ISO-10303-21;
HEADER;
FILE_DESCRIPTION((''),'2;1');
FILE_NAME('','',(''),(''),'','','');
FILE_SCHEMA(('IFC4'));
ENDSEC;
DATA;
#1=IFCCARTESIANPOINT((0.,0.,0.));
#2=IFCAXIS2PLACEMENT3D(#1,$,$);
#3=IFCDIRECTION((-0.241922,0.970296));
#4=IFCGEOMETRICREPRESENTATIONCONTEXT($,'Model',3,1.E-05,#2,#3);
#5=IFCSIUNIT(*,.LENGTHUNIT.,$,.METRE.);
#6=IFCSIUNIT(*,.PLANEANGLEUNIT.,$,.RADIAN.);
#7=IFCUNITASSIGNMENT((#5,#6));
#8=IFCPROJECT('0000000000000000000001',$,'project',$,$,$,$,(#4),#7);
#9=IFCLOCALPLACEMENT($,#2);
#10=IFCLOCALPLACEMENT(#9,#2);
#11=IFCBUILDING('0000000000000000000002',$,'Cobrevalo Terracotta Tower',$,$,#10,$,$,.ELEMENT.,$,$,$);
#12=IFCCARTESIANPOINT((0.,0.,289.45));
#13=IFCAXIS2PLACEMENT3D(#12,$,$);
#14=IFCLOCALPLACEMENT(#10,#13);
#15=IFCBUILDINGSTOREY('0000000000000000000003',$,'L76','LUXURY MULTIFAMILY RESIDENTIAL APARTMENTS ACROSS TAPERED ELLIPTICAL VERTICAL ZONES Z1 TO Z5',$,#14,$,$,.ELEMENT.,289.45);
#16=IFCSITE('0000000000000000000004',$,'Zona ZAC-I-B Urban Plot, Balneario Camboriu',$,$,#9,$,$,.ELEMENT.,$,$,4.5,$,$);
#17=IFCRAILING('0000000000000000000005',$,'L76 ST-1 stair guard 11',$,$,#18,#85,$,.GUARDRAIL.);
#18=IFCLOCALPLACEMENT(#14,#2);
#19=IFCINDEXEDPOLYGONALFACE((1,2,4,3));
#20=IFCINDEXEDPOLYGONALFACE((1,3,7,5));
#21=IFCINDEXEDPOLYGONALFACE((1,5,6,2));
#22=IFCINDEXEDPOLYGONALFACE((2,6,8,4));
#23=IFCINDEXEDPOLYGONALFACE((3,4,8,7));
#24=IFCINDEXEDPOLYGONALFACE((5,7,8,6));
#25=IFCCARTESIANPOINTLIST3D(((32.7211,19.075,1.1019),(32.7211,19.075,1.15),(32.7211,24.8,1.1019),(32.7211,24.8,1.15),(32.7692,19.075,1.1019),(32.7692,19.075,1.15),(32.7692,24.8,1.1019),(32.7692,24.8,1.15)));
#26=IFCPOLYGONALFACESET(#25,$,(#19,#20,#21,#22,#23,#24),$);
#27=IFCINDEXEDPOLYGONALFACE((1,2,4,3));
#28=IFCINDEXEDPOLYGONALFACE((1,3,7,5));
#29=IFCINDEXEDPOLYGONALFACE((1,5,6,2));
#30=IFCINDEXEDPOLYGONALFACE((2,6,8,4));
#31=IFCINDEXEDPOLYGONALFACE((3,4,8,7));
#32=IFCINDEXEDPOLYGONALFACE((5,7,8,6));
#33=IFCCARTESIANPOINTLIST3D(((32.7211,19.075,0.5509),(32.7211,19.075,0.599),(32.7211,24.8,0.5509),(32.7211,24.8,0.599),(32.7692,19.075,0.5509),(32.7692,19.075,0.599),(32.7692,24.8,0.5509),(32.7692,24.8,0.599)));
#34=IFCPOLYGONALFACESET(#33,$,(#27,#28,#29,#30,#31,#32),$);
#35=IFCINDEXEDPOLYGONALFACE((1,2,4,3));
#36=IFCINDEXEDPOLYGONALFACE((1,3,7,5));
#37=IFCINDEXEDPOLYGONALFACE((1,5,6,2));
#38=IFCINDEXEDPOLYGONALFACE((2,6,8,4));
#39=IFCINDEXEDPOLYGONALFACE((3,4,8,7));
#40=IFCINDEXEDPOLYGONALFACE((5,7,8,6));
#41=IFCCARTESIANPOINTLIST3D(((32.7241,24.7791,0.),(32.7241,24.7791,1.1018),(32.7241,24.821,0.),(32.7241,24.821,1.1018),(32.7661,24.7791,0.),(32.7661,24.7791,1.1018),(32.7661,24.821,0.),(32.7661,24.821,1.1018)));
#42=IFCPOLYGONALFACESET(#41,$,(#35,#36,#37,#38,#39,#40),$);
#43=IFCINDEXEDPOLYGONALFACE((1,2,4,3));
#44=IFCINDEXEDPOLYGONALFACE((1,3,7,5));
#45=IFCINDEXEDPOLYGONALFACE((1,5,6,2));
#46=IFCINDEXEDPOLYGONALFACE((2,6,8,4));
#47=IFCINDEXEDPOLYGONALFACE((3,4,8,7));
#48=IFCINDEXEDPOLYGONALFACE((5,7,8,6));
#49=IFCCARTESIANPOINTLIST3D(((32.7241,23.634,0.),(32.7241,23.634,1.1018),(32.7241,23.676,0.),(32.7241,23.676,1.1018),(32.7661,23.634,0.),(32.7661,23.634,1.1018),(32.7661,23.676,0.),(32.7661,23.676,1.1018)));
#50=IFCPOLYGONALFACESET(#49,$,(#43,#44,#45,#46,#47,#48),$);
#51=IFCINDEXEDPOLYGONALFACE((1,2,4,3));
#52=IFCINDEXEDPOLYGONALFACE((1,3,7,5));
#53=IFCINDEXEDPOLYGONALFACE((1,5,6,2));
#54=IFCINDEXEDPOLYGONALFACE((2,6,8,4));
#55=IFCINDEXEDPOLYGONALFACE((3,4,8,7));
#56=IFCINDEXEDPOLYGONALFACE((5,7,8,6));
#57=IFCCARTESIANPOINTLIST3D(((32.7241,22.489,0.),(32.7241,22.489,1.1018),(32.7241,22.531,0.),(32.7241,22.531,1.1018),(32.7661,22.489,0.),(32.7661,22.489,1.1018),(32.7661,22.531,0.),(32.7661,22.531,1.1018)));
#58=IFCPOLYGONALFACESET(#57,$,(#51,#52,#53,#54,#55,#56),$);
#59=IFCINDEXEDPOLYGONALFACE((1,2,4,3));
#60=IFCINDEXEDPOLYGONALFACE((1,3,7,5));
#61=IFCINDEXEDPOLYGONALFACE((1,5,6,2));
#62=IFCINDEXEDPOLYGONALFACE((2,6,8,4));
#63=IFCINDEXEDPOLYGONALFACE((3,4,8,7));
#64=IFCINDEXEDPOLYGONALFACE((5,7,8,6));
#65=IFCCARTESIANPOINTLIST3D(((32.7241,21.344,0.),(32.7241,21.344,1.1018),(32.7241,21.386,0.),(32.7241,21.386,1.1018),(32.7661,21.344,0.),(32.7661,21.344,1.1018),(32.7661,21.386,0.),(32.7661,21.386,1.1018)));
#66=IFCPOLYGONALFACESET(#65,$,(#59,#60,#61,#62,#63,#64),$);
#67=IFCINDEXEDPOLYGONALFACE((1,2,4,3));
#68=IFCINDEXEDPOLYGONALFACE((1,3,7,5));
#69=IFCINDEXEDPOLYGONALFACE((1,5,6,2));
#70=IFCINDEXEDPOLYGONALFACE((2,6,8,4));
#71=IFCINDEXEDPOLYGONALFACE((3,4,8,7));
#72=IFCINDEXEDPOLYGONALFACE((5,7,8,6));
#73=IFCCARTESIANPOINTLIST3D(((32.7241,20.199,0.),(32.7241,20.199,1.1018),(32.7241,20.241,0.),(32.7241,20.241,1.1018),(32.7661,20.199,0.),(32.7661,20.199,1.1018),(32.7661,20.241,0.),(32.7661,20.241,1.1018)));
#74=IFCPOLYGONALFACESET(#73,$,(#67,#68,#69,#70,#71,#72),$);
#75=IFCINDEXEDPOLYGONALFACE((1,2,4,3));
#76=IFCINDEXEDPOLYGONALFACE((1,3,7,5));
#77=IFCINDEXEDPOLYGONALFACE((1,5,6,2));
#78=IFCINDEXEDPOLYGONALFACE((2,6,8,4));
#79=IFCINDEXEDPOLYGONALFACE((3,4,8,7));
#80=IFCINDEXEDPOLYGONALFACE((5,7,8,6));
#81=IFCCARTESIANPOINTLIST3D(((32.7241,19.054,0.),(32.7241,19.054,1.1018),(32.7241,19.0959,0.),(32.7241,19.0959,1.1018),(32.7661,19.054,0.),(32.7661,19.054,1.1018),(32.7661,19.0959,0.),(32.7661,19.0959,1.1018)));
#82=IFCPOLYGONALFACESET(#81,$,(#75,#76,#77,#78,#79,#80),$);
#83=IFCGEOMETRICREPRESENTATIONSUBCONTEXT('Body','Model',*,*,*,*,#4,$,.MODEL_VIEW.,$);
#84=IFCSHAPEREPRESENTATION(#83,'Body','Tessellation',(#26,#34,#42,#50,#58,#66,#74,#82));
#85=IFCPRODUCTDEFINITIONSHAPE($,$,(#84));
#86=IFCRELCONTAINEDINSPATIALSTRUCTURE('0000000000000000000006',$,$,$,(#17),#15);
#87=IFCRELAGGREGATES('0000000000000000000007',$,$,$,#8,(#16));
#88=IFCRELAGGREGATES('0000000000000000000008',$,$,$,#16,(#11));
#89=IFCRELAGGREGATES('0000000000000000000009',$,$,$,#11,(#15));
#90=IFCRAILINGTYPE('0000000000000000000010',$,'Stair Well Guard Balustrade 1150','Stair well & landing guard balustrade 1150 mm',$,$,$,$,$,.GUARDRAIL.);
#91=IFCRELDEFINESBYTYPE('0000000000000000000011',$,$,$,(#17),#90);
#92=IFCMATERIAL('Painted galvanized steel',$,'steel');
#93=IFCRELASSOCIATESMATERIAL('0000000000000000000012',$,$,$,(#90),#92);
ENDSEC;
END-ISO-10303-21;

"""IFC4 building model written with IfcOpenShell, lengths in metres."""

from ifc_helpers import new_model, si_unit, direction, frame, origin, origin_2d, place, context, subcontext, project, spatial, rectangle, extrude, material, type_object, element, save


model = new_model("IFC4")

# Units and contexts
model_context = context("Model", 3, precision=1e-05, world=origin(), true_north=direction((-0.241922, 0.970296)))
body_context = subcontext(model_context, "Body", "Model", "MODEL_VIEW")
ifc_project = project(units=[si_unit("LENGTHUNIT", "METRE"), si_unit("PLANEANGLEUNIT", "RADIAN")], contexts=[model_context])

# Site, building, storey
site_placement = place(None, origin())
site = spatial("IfcSite", under=ifc_project, at=site_placement, Name="Zona ZAC-I-B Urban Plot, Balneario Camboriu", CompositionType="ELEMENT", RefElevation=4.5)
building_placement = place(site_placement, origin())
building = spatial("IfcBuilding", under=site, at=building_placement, Name="Cobrevalo Terracotta Tower", CompositionType="ELEMENT")
storey_placement = place(building_placement, frame((0.0, 0.0, 289.45)))
storey = spatial("IfcBuildingStorey", under=building, at=storey_placement, Name="L76", Description="LUXURY MULTIFAMILY RESIDENTIAL APARTMENTS ACROSS TAPERED ELLIPTICAL VERTICAL ZONES Z1 TO Z5", CompositionType="ELEMENT", Elevation=289.45)

# Railing
ifc_material_1 = material(Name="Painted galvanized steel", Category="steel")
railing_type_1 = type_object("IfcRailingType", Name="Stair Well Guard Balustrade 1150", Description="Stair well & landing guard balustrade 1150 mm", PredefinedType="GUARDRAIL", material=ifc_material_1)
for number, where, name in (
    (1, (32.7451, 24.8, 0.0), "L76 ST-1 stair guard 11"),
):
    element("IfcRailing", number, at=place(storey_placement, frame(where)), inside=storey, type_object=railing_type_1, Name=name, PredefinedType="GUARDRAIL", context=body_context, shape_type="SweptSolid", body=[
        extrude(rectangle(XDim=0.0481, YDim=0.0481, at=origin_2d()), frame((0.0, 0.0, 1.126), z_axis=(0.0, -1.0, 0.0), x_axis=(1.0, 0.0, 0.0)), (0.0, 0.0, 1.0), 5.7251),
        extrude(rectangle(XDim=0.0481, YDim=0.0481, at=origin_2d()), frame((0.0, 0.0, 0.575), z_axis=(0.0, -1.0, 0.0), x_axis=(1.0, 0.0, 0.0)), (0.0, 0.0, 1.0), 5.7251),
        extrude(rectangle(XDim=0.042, YDim=0.042, at=origin_2d()), origin(), (0.0, 0.0, 1.0), 1.1018),
        extrude(rectangle(XDim=0.042, YDim=0.042, at=origin_2d()), frame((0.0, -1.145, 0.0)), (0.0, 0.0, 1.0), 1.1018),
        extrude(rectangle(XDim=0.042, YDim=0.042, at=origin_2d()), frame((0.0, -2.29, 0.0)), (0.0, 0.0, 1.0), 1.1018),
        extrude(rectangle(XDim=0.042, YDim=0.042, at=origin_2d()), frame((0.0, -3.4351, 0.0)), (0.0, 0.0, 1.0), 1.1018),
        extrude(rectangle(XDim=0.042, YDim=0.042, at=origin_2d()), frame((0.0, -4.5801, 0.0)), (0.0, 0.0, 1.0), 1.1018),
        extrude(rectangle(XDim=0.042, YDim=0.042, at=origin_2d()), frame((0.0, -5.7251, 0.0)), (0.0, 0.0, 1.0), 1.1018),
    ])

save(model, "model.ifc")
